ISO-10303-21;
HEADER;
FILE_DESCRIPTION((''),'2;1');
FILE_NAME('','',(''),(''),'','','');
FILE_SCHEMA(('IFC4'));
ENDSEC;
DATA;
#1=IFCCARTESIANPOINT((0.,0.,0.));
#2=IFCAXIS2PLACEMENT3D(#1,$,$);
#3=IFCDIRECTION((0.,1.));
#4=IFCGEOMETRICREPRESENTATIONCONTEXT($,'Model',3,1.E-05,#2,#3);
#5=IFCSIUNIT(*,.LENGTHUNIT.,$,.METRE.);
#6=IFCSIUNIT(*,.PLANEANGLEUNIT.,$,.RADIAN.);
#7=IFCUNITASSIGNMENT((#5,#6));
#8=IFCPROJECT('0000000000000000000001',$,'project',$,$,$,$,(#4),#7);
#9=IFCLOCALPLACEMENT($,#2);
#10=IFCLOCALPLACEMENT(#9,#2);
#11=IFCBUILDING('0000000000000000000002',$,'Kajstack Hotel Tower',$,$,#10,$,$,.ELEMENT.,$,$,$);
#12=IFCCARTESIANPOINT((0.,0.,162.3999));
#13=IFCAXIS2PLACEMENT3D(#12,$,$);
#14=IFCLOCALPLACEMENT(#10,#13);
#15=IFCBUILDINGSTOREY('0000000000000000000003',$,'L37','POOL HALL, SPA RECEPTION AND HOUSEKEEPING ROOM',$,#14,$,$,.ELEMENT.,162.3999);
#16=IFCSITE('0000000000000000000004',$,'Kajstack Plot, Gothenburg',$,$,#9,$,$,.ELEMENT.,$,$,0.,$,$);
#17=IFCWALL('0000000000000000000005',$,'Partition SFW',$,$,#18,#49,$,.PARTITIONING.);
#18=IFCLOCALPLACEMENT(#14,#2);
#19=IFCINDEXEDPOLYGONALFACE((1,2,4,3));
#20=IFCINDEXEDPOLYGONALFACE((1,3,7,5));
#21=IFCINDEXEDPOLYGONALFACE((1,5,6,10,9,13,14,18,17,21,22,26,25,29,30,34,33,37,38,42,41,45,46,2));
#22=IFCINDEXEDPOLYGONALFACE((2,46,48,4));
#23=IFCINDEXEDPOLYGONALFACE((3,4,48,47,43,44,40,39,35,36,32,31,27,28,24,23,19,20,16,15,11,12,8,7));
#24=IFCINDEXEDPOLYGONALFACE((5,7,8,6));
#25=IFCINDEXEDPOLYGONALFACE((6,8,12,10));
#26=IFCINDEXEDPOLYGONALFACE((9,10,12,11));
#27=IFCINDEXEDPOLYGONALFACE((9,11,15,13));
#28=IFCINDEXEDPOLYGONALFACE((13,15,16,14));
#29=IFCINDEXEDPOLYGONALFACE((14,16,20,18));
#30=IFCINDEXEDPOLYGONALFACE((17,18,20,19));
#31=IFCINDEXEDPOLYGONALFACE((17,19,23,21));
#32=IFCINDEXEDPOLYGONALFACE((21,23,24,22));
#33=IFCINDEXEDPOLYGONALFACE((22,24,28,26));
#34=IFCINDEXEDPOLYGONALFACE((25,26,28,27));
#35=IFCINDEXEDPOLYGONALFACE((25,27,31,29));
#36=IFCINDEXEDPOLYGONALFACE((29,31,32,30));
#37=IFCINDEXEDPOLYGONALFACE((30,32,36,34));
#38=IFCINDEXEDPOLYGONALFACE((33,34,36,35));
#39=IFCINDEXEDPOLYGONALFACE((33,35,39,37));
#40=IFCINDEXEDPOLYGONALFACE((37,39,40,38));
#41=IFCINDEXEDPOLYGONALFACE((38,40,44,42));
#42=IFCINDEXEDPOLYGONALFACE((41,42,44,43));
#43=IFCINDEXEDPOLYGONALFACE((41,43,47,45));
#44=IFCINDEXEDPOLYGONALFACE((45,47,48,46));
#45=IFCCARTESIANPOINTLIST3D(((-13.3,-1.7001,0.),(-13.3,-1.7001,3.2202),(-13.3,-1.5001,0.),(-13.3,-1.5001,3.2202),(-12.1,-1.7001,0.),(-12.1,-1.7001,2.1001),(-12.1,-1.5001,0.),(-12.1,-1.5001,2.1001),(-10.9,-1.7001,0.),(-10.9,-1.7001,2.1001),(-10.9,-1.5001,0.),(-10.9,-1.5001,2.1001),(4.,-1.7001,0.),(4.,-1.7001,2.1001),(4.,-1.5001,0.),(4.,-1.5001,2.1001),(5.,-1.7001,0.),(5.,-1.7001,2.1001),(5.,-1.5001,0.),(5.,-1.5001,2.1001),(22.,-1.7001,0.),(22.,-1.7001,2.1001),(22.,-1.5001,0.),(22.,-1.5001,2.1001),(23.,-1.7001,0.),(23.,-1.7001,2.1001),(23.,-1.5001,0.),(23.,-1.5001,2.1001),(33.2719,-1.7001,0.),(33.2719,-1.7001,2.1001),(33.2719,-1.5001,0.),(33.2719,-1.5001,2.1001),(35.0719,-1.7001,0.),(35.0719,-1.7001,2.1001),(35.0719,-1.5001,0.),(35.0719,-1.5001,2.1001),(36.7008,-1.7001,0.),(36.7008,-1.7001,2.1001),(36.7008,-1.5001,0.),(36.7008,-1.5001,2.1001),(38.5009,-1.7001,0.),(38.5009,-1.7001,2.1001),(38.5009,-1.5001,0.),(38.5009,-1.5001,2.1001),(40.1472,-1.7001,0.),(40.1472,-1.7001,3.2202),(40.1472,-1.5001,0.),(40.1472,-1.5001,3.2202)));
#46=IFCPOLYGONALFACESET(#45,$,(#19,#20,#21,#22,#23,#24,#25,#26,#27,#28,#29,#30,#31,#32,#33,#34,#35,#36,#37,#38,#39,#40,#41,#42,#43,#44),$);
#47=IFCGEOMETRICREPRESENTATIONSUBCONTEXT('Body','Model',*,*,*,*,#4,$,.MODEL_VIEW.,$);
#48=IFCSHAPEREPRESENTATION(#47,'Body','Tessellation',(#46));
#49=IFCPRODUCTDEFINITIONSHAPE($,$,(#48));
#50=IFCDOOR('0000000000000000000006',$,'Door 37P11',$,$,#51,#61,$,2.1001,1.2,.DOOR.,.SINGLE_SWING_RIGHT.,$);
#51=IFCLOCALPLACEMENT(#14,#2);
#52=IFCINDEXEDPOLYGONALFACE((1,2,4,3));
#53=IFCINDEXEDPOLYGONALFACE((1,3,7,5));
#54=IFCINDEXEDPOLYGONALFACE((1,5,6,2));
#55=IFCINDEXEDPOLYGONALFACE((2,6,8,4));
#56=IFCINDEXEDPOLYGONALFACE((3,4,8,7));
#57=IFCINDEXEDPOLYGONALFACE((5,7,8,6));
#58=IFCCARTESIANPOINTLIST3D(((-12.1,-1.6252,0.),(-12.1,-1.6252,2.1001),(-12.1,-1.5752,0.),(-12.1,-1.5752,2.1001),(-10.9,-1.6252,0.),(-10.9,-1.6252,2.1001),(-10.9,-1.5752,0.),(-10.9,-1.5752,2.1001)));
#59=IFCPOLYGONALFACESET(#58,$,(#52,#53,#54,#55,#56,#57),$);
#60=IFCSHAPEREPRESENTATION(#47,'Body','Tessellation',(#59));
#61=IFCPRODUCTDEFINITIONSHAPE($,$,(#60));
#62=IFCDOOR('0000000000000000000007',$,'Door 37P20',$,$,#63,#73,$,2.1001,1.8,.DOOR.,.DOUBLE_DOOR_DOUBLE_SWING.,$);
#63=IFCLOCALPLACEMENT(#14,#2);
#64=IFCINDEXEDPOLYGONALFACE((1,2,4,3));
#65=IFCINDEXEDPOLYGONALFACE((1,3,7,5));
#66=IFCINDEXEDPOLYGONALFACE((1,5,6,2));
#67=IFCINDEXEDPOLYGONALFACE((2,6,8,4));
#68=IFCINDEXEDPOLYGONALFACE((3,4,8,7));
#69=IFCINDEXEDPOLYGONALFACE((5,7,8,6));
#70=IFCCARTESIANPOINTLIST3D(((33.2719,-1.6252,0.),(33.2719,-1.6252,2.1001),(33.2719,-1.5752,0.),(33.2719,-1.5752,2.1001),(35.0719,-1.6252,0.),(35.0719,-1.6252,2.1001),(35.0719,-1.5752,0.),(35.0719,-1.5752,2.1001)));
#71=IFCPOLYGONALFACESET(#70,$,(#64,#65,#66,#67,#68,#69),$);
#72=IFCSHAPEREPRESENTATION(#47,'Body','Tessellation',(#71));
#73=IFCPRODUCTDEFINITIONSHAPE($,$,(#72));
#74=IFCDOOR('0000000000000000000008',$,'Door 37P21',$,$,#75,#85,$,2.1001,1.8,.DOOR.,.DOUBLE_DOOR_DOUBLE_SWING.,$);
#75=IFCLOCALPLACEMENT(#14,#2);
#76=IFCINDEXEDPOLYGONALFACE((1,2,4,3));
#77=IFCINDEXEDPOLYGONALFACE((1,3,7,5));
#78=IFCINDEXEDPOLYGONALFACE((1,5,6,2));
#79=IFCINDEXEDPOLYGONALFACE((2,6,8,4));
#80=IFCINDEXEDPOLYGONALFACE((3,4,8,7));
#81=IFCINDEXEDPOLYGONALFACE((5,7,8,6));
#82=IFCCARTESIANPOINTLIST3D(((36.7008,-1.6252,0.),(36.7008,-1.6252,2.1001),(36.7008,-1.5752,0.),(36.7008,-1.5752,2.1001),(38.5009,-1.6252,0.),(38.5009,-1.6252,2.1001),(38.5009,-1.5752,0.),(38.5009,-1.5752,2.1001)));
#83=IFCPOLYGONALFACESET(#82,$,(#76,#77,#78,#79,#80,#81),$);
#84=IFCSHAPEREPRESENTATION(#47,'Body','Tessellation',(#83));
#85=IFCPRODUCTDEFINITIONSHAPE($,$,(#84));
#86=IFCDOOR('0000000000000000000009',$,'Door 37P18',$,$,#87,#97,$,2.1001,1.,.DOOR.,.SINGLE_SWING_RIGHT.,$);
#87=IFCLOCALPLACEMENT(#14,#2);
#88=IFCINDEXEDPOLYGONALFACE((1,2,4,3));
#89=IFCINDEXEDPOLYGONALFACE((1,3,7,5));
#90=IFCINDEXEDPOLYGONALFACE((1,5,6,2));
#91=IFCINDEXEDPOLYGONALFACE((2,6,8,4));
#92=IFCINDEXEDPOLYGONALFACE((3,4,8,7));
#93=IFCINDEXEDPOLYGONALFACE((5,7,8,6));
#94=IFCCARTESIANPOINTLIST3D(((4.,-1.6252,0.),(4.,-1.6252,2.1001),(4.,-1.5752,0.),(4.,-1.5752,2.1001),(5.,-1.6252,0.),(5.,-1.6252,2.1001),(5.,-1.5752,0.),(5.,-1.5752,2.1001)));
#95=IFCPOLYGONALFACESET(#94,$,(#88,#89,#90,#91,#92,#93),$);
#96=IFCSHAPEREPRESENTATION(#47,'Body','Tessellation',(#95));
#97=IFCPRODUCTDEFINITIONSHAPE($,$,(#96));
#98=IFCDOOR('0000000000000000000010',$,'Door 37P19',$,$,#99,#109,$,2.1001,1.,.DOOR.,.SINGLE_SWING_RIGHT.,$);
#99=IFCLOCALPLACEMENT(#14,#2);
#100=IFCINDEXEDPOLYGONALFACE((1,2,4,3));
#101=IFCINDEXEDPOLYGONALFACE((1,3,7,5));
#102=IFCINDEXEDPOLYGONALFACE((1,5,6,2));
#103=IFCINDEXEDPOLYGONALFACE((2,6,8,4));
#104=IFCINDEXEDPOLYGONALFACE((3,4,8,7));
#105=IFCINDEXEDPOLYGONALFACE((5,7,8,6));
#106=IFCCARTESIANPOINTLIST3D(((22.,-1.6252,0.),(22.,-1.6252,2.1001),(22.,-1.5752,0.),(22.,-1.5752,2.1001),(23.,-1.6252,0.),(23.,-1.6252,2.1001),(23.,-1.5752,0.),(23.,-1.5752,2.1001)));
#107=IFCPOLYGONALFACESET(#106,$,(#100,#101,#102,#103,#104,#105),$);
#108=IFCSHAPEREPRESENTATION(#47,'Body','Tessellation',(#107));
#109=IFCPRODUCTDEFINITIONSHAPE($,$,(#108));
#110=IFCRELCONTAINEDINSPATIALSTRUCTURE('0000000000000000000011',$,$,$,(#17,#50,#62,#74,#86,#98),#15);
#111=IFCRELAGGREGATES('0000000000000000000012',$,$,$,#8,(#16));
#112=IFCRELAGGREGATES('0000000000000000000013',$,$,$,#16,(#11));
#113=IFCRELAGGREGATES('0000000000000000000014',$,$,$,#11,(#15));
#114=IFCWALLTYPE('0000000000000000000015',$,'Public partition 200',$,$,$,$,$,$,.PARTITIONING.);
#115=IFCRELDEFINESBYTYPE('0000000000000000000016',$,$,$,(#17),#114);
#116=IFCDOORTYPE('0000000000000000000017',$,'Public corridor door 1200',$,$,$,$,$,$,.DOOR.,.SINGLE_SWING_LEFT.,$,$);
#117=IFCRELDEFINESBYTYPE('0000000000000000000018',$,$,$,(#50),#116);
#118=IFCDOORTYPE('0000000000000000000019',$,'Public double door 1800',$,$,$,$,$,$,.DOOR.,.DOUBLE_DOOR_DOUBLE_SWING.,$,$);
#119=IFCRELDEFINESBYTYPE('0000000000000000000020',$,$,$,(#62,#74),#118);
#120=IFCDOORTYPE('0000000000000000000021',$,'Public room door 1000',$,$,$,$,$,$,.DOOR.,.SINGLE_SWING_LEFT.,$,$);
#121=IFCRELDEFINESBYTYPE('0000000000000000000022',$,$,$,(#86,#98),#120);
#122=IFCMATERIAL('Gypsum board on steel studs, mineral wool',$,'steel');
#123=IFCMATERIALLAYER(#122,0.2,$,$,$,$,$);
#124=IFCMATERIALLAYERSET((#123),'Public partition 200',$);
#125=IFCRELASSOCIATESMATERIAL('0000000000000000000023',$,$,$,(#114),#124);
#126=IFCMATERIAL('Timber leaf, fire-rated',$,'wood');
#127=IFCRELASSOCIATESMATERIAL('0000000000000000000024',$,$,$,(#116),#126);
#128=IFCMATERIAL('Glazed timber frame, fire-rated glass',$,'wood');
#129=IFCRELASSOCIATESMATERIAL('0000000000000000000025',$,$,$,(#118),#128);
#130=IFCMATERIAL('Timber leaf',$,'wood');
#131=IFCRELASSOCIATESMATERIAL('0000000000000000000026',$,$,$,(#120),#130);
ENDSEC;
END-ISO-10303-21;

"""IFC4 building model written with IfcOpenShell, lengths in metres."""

from ifc_helpers import new_model, si_unit, direction, frame, frame_2d, origin, place, context, subcontext, project, spatial, rectangle, extrude, material, layer, layer_set, type_object, element, fill, save


model = new_model("IFC4")

# Units and contexts
model_context = context("Model", 3, precision=1e-05, world=origin(), true_north=direction((0.0, 1.0)))
body_context = subcontext(model_context, "Body", "Model", "MODEL_VIEW")
ifc_project = project(units=[si_unit("LENGTHUNIT", "METRE"), si_unit("PLANEANGLEUNIT", "RADIAN")], contexts=[model_context])

# Site, building, storey
site_placement = place(None, origin())
site = spatial("IfcSite", under=ifc_project, at=site_placement, Name="Kajstack Plot, Gothenburg", CompositionType="ELEMENT", RefElevation=0.0)
building_placement = place(site_placement, origin())
building = spatial("IfcBuilding", under=site, at=building_placement, Name="Kajstack Hotel Tower", CompositionType="ELEMENT")
storey_placement = place(building_placement, frame((0.0, 0.0, 162.3999)))
storey = spatial("IfcBuildingStorey", under=building, at=storey_placement, Name="L37", Description="POOL HALL, SPA RECEPTION AND HOUSEKEEPING ROOM", CompositionType="ELEMENT", Elevation=162.3999)

# Shared definitions
ifc_material_1 = material(Name="Gypsum board on steel studs, mineral wool", Category="steel")
ifc_layer_1 = layer(ifc_material_1, 0.2)
ifc_layer_set_1 = layer_set([ifc_layer_1], Name="Public partition 200")
wall_type = type_object("IfcWallType", Name="Public partition 200", PredefinedType="PARTITIONING", material=ifc_layer_set_1)

# Wall, openings, doors
wall_1_placement = place(storey_placement, frame((-13.3, -1.6001, 0.0), z_axis=(0.0, 0.0, 1.0), x_axis=(1.0, 0.0, 0.0)))
wall_1 = element("IfcWall", 1, at=wall_1_placement, inside=storey, type_object=wall_type, Name="Partition SFW", PredefinedType="PARTITIONING", context=body_context, shape_type="SweptSolid", body=[
    extrude(rectangle(XDim=53.4473, YDim=0.2, at=frame_2d((26.7236, 0.0))), origin(), (0.0, 0.0, 1.0), 3.2202),
])
opening_1_placement = place(wall_1_placement, frame((1.2, 0.0, 0.0)))
opening_1 = element("IfcOpeningElement", 2, at=opening_1_placement, cuts=wall_1, PredefinedType="OPENING", context=body_context, shape_type="SweptSolid", body=[
    extrude(rectangle(XDim=1.2, YDim=2.1001, at=frame_2d((0.6001, 1.05))), frame((0.0, 0.1099, 0.0), z_axis=(0.0, -1.0, 0.0), x_axis=(1.0, 0.0, 0.0)), (0.0, 0.0, 1.0), 0.22),
])
opening_2_placement = place(wall_1_placement, frame((17.3, 0.0, 0.0)))
opening_2 = element("IfcOpeningElement", 3, at=opening_2_placement, cuts=wall_1, PredefinedType="OPENING", context=body_context, shape_type="SweptSolid", body=[
    extrude(rectangle(XDim=1.0, YDim=2.1001, at=frame_2d((0.5, 1.05))), frame((0.0, 0.1099, 0.0), z_axis=(0.0, -1.0, 0.0), x_axis=(1.0, 0.0, 0.0)), (0.0, 0.0, 1.0), 0.22),
])
opening_3_placement = place(wall_1_placement, frame((35.3, 0.0, 0.0)))
opening_3 = element("IfcOpeningElement", 4, at=opening_3_placement, cuts=wall_1, PredefinedType="OPENING", context=body_context, shape_type="SweptSolid", body=[
    extrude(rectangle(XDim=1.0, YDim=2.1001, at=frame_2d((0.5, 1.05))), frame((0.0, 0.1099, 0.0), z_axis=(0.0, -1.0, 0.0), x_axis=(1.0, 0.0, 0.0)), (0.0, 0.0, 1.0), 0.22),
])
opening_4_placement = place(wall_1_placement, frame((46.572, 0.0, 0.0)))
opening_4 = element("IfcOpeningElement", 5, at=opening_4_placement, cuts=wall_1, PredefinedType="OPENING", context=body_context, shape_type="SweptSolid", body=[
    extrude(rectangle(XDim=1.8, YDim=2.1001, at=frame_2d((0.8999, 1.05))), frame((0.0, 0.1099, 0.0), z_axis=(0.0, -1.0, 0.0), x_axis=(1.0, 0.0, 0.0)), (0.0, 0.0, 1.0), 0.22),
])
opening_5_placement = place(wall_1_placement, frame((50.001, 0.0, 0.0)))
opening_5 = element("IfcOpeningElement", 6, at=opening_5_placement, cuts=wall_1, PredefinedType="OPENING", context=body_context, shape_type="SweptSolid", body=[
    extrude(rectangle(XDim=1.8, YDim=2.1001, at=frame_2d((0.8999, 1.05))), frame((0.0, 0.1099, 0.0), z_axis=(0.0, -1.0, 0.0), x_axis=(1.0, 0.0, 0.0)), (0.0, 0.0, 1.0), 0.22),
])
ifc_material_2 = material(Name="Timber leaf, fire-rated", Category="wood")
door_type_1 = type_object("IfcDoorType", Name="Public corridor door 1200", OperationType="SINGLE_SWING_LEFT", PredefinedType="DOOR", material=ifc_material_2)
door_1_placement = place(opening_1_placement, origin())
door_1 = element("IfcDoor", 7, at=door_1_placement, inside=storey, type_object=door_type_1, Name="Door 37P11", OperationType="SINGLE_SWING_RIGHT", OverallHeight=2.1001, OverallWidth=1.2, PredefinedType="DOOR", context=body_context, shape_type="SweptSolid", body=[
    extrude(rectangle(XDim=1.2, YDim=2.1001, at=frame_2d((0.6001, 1.05))), frame((0.0, 0.0249, 0.0), z_axis=(0.0, -1.0, 0.0), x_axis=(1.0, 0.0, 0.0)), (0.0, 0.0, 1.0), 0.05),
])
fill(opening_1, door_1)
ifc_material_3 = material(Name="Glazed timber frame, fire-rated glass", Category="wood")
door_type_2 = type_object("IfcDoorType", Name="Public double door 1800", OperationType="DOUBLE_DOOR_DOUBLE_SWING", PredefinedType="DOOR", material=ifc_material_3)
door_2_placement = place(opening_4_placement, origin())
door_2 = element("IfcDoor", 8, at=door_2_placement, inside=storey, type_object=door_type_2, Name="Door 37P20", OperationType="DOUBLE_DOOR_DOUBLE_SWING", OverallHeight=2.1001, OverallWidth=1.8, PredefinedType="DOOR", context=body_context, shape_type="SweptSolid", body=[
    extrude(rectangle(XDim=1.8, YDim=2.1001, at=frame_2d((0.8999, 1.05))), frame((0.0, 0.0249, 0.0), z_axis=(0.0, -1.0, 0.0), x_axis=(1.0, 0.0, 0.0)), (0.0, 0.0, 1.0), 0.05),
])
fill(opening_4, door_2)
door_3_placement = place(opening_5_placement, origin())
door_3 = element("IfcDoor", 9, at=door_3_placement, inside=storey, type_object=door_type_2, Name="Door 37P21", OperationType="DOUBLE_DOOR_DOUBLE_SWING", OverallHeight=2.1001, OverallWidth=1.8, PredefinedType="DOOR", context=body_context, shape_type="SweptSolid", body=[
    extrude(rectangle(XDim=1.8, YDim=2.1001, at=frame_2d((0.8999, 1.05))), frame((0.0, 0.0249, 0.0), z_axis=(0.0, -1.0, 0.0), x_axis=(1.0, 0.0, 0.0)), (0.0, 0.0, 1.0), 0.05),
])
fill(opening_5, door_3)
ifc_material_4 = material(Name="Timber leaf", Category="wood")
door_type_3 = type_object("IfcDoorType", Name="Public room door 1000", OperationType="SINGLE_SWING_LEFT", PredefinedType="DOOR", material=ifc_material_4)
door_4_placement = place(opening_2_placement, origin())
door_4 = element("IfcDoor", 10, at=door_4_placement, inside=storey, type_object=door_type_3, Name="Door 37P18", OperationType="SINGLE_SWING_RIGHT", OverallHeight=2.1001, OverallWidth=1.0, PredefinedType="DOOR", context=body_context, shape_type="SweptSolid", body=[
    extrude(rectangle(XDim=1.0, YDim=2.1001, at=frame_2d((0.5, 1.05))), frame((0.0, 0.0249, 0.0), z_axis=(0.0, -1.0, 0.0), x_axis=(1.0, 0.0, 0.0)), (0.0, 0.0, 1.0), 0.05),
])
fill(opening_2, door_4)
door_5_placement = place(opening_3_placement, origin())
door_5 = element("IfcDoor", 11, at=door_5_placement, inside=storey, type_object=door_type_3, Name="Door 37P19", OperationType="SINGLE_SWING_RIGHT", OverallHeight=2.1001, OverallWidth=1.0, PredefinedType="DOOR", context=body_context, shape_type="SweptSolid", body=[
    extrude(rectangle(XDim=1.0, YDim=2.1001, at=frame_2d((0.5, 1.05))), frame((0.0, 0.0249, 0.0), z_axis=(0.0, -1.0, 0.0), x_axis=(1.0, 0.0, 0.0)), (0.0, 0.0, 1.0), 0.05),
])
fill(opening_3, door_5)

save(model, "model.ifc")
